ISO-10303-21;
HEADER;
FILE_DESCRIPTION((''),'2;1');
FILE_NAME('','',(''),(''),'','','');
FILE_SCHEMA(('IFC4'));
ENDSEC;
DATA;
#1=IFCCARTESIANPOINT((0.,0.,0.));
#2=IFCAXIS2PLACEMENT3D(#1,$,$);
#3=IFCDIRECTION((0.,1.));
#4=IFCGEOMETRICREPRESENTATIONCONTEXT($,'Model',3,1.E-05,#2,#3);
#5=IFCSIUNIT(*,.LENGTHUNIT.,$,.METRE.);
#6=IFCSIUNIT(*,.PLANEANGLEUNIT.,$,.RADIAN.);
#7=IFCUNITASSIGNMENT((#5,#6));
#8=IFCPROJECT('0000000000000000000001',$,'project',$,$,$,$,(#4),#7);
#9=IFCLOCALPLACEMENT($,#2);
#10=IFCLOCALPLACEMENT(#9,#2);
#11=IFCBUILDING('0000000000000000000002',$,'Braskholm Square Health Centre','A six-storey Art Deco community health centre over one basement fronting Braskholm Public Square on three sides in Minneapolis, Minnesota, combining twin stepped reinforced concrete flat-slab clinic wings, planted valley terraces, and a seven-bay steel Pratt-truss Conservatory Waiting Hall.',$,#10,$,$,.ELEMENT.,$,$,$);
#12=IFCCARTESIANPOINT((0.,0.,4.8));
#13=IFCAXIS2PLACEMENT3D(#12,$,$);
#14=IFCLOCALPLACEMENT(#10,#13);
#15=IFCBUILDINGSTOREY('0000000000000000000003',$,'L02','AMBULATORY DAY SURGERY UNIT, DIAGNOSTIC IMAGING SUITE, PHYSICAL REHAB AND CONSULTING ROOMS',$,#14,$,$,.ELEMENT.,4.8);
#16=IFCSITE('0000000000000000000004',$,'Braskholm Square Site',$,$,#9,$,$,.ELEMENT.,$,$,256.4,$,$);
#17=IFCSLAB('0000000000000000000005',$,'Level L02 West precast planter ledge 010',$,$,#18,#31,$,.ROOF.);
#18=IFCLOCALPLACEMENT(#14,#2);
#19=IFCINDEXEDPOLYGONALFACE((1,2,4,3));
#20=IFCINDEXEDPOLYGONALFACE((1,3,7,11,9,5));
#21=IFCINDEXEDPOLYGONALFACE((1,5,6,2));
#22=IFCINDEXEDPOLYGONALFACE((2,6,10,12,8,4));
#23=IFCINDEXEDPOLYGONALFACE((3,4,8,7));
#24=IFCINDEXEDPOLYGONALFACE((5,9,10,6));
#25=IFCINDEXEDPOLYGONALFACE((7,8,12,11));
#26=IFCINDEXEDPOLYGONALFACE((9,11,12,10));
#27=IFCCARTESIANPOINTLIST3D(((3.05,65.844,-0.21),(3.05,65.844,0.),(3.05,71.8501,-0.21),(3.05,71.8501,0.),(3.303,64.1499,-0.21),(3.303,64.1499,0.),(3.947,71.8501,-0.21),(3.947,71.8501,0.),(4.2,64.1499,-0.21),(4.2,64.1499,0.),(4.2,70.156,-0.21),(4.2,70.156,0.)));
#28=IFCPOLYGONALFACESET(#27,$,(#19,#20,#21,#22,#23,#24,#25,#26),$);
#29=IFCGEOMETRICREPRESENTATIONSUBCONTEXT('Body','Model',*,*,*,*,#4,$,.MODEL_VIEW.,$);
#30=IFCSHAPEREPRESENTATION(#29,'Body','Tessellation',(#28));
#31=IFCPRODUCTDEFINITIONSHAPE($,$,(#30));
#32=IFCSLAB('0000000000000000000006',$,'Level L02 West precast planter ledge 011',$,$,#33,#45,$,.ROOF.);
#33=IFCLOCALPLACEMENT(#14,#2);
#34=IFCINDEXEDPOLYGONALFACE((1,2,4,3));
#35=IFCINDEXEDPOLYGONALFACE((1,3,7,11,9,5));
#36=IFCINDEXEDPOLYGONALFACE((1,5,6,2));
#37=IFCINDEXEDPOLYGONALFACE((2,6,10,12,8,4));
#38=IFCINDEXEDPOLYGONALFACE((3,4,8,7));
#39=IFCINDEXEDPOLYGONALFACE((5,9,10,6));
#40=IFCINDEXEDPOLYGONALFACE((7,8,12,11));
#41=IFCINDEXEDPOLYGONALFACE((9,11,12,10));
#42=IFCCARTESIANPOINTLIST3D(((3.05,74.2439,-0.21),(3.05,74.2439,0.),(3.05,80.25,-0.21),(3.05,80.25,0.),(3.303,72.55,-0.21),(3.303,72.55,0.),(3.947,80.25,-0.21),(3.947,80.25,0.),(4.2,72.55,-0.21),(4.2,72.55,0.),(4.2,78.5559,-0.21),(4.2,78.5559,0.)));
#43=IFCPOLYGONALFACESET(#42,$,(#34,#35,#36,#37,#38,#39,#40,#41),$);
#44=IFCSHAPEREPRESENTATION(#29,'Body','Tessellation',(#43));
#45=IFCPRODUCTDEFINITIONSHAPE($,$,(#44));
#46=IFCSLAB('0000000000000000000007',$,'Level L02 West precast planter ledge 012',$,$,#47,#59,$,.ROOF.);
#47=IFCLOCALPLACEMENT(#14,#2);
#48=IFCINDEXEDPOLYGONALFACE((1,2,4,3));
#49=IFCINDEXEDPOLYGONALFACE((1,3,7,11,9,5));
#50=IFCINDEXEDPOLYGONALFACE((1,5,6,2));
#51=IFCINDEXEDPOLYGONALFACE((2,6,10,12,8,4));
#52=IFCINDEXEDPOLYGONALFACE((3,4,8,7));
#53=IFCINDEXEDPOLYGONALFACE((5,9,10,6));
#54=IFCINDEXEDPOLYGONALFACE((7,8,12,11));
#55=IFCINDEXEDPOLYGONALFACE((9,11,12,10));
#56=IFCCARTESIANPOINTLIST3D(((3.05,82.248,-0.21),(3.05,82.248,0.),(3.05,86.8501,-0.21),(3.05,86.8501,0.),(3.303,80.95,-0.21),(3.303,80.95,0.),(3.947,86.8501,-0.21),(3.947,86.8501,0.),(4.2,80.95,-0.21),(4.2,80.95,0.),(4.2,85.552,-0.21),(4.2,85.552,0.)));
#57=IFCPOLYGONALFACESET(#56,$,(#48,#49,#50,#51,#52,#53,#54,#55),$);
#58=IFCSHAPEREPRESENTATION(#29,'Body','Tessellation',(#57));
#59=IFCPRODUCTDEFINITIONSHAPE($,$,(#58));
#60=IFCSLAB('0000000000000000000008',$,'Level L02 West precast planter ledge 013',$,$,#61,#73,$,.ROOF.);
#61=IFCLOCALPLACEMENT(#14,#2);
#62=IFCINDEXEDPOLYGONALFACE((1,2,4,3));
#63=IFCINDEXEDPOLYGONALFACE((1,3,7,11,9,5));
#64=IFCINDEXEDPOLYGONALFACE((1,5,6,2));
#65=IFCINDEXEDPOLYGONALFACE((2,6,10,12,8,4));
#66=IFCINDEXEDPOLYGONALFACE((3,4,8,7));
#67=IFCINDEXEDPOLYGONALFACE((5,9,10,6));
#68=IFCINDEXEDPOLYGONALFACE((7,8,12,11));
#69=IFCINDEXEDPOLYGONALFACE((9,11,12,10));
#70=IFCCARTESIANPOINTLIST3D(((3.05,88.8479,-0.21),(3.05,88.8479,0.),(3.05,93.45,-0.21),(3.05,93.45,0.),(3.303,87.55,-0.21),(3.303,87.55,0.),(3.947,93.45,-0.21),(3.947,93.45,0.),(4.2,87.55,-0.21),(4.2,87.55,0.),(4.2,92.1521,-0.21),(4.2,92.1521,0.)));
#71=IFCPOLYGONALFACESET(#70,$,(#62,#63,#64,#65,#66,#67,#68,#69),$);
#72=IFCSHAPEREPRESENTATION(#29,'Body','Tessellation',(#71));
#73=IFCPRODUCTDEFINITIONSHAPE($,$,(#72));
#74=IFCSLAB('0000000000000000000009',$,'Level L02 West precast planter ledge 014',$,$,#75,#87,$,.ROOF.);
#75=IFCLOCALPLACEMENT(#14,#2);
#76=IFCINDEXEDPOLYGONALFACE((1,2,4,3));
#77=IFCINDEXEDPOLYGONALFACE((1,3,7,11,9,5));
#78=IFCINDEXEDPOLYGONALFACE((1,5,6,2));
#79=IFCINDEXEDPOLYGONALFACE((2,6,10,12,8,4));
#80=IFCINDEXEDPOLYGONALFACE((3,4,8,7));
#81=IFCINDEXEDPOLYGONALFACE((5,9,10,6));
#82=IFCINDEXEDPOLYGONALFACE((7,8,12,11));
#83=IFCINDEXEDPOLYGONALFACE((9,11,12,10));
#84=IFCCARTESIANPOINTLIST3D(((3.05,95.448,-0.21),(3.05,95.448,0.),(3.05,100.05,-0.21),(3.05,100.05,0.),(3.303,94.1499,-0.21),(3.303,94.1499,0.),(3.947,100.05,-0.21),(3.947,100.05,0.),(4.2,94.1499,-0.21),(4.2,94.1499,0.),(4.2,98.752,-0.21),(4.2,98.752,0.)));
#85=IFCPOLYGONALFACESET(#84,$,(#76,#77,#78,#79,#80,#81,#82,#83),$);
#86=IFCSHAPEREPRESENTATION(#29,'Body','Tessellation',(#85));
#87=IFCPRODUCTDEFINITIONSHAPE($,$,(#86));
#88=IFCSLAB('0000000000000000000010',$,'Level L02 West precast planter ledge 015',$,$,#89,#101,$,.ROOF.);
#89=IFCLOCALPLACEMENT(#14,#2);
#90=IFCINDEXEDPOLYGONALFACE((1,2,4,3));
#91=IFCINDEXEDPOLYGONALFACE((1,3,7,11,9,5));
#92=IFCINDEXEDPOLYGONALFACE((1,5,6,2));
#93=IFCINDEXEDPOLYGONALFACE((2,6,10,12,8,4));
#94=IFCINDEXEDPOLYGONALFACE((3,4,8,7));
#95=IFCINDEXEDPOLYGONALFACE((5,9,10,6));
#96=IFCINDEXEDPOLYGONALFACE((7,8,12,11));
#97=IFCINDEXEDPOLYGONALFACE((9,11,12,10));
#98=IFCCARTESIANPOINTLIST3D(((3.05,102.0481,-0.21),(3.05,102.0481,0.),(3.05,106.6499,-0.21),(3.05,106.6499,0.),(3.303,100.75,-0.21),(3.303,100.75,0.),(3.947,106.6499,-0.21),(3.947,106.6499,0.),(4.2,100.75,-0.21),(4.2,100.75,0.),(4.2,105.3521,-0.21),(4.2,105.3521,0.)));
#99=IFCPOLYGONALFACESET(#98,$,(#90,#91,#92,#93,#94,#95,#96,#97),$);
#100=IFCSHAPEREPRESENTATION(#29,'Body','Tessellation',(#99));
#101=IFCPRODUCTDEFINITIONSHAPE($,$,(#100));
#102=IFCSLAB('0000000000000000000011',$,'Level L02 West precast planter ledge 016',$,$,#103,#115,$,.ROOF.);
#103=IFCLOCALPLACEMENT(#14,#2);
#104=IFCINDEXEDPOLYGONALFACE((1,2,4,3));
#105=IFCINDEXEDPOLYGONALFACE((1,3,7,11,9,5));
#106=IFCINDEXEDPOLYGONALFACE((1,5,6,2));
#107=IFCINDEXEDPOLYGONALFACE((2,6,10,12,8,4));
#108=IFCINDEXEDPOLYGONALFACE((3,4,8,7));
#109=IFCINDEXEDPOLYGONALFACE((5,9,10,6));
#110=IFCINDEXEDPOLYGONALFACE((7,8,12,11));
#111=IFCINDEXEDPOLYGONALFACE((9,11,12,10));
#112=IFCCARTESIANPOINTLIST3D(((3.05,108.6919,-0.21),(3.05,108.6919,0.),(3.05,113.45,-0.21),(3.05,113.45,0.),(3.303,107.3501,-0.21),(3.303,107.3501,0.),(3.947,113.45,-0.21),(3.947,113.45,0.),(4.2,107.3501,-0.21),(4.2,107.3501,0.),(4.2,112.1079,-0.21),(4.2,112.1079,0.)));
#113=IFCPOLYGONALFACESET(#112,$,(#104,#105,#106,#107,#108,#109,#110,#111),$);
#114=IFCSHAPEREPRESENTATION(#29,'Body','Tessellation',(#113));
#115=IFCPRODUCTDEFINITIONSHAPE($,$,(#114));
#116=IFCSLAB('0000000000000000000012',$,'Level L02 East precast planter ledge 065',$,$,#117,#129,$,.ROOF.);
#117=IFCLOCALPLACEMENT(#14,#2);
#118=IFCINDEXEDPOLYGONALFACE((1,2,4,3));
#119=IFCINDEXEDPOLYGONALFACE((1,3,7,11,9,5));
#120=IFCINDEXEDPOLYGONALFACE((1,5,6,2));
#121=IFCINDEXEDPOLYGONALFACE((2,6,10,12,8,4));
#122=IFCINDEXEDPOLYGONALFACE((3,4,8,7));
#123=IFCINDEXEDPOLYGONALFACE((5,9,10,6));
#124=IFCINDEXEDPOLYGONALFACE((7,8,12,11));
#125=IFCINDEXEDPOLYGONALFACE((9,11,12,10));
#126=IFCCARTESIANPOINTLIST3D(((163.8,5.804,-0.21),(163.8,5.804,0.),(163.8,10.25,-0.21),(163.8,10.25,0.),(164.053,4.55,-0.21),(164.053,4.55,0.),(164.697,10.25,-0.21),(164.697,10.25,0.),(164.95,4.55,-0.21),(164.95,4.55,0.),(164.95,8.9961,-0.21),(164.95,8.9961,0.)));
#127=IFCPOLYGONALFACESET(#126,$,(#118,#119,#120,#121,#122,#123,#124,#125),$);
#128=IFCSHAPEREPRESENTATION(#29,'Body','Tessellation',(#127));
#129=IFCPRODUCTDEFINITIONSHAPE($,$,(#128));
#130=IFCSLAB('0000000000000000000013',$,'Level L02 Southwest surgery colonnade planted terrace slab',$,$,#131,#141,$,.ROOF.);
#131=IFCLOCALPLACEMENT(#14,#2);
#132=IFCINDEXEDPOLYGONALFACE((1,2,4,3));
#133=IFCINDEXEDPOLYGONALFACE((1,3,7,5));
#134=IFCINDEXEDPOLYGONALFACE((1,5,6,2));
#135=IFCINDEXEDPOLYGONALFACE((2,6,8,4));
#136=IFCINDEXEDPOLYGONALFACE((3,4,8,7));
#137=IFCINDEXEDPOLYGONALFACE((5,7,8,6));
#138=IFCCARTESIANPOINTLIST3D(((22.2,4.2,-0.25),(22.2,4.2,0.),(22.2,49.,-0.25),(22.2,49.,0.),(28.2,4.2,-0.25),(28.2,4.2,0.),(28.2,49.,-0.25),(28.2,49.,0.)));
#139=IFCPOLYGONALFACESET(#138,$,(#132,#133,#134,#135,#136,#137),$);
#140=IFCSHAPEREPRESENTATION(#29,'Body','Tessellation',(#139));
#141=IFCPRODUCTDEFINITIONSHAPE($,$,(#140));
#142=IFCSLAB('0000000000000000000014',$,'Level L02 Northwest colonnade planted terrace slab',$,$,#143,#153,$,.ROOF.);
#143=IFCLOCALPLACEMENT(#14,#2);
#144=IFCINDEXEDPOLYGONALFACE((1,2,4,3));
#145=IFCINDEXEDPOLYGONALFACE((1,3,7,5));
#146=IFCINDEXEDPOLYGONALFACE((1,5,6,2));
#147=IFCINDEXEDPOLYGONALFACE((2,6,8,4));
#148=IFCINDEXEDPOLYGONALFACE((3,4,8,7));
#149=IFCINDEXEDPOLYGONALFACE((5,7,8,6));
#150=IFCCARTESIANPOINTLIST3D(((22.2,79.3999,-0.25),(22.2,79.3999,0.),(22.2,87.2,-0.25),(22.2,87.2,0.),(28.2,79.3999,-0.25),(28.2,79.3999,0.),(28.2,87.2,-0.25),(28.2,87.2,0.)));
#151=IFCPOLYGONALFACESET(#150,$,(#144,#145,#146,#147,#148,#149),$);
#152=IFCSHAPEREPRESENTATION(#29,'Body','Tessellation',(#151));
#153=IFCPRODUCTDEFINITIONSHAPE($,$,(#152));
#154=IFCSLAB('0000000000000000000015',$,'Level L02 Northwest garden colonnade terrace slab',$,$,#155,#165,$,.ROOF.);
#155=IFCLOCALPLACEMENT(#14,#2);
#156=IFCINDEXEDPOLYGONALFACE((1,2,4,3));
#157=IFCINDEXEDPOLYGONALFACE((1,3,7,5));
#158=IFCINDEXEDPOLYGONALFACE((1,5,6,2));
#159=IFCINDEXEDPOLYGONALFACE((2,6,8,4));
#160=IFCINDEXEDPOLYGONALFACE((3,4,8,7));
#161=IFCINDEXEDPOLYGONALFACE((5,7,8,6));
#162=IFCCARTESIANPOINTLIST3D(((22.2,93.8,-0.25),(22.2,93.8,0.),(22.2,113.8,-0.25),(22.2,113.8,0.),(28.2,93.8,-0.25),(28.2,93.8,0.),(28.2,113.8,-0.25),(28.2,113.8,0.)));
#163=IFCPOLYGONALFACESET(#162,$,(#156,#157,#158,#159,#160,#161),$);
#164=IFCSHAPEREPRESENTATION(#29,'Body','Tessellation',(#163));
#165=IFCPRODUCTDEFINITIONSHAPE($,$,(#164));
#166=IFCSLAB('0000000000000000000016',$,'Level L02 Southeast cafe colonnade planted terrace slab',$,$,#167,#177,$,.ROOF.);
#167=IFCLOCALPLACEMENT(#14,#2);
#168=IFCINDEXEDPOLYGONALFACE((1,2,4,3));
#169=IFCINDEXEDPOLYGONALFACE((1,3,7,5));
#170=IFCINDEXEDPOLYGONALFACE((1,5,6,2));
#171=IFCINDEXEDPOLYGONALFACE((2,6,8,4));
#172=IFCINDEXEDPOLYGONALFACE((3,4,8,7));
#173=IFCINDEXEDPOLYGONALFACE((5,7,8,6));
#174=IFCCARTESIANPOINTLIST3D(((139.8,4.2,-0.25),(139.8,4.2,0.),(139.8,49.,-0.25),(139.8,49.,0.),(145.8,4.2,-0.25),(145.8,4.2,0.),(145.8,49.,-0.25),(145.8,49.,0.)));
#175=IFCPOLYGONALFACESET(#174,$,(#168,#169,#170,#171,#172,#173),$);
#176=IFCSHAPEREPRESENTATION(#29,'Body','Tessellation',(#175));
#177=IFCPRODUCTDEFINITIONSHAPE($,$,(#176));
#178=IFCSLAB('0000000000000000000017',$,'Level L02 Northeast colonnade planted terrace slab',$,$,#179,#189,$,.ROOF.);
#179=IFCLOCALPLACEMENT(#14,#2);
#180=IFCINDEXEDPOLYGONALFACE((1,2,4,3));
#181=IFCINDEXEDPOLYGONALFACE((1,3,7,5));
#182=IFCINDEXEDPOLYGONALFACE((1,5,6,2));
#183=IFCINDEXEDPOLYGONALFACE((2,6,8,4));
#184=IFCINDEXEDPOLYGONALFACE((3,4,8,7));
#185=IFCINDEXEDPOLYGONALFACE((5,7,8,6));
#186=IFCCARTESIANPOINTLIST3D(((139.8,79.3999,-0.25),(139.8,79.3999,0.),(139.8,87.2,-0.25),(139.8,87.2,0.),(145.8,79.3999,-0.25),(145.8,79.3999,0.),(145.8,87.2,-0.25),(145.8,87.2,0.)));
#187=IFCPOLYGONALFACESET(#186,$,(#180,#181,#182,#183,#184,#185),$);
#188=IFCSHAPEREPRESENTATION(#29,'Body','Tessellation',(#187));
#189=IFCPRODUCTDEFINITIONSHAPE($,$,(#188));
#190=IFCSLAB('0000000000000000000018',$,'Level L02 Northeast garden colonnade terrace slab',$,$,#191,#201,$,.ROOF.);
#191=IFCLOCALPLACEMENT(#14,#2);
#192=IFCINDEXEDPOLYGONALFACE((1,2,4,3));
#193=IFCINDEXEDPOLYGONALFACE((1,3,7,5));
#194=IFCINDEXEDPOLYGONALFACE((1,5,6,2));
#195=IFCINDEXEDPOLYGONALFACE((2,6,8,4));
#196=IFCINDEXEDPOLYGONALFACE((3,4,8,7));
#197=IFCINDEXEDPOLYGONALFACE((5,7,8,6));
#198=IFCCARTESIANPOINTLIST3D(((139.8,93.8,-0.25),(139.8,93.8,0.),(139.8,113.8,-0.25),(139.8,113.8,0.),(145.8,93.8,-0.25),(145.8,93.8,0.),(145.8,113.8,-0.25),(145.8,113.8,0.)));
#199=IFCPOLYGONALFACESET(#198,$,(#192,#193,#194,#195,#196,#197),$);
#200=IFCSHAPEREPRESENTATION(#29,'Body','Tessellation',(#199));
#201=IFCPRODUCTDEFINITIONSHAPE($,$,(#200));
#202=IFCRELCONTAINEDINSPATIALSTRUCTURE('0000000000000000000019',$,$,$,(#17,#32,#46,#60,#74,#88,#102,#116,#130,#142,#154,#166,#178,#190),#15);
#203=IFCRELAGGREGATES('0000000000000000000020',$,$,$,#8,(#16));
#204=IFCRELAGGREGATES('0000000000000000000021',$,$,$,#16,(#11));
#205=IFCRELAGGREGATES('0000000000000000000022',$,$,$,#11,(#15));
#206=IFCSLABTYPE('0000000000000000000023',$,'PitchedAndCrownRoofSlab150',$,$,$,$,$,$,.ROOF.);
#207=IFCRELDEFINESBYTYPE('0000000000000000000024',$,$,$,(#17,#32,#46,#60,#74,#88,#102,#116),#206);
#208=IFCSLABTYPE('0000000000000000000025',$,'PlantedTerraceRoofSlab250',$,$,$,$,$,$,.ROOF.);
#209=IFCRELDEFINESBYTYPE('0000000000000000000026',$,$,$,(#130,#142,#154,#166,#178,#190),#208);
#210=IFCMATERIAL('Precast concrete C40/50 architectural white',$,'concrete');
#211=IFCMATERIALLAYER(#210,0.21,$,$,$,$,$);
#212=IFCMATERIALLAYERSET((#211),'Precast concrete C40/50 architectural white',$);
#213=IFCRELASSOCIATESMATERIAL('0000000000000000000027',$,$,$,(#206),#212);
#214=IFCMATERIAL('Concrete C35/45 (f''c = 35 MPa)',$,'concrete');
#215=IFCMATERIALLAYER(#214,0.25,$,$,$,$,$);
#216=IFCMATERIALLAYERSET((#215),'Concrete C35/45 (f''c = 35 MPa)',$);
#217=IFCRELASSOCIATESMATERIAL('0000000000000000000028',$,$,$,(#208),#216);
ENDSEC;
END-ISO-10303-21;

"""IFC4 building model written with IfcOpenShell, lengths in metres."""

from ifc_helpers import new_model, si_unit, direction, frame, origin, place, context, subcontext, project, spatial, polyline, outline, extrude, material, layer, layer_set, type_object, element, save


model = new_model("IFC4")

# Units and contexts
model_context = context("Model", 3, precision=1e-05, world=origin(), true_north=direction((0.0, 1.0)))
body_context = subcontext(model_context, "Body", "Model", "MODEL_VIEW")
ifc_project = project(units=[si_unit("LENGTHUNIT", "METRE"), si_unit("PLANEANGLEUNIT", "RADIAN")], contexts=[model_context])

# Site, building, storey
site_placement = place(None, origin())
site = spatial("IfcSite", under=ifc_project, at=site_placement, Name="Braskholm Square Site", CompositionType="ELEMENT", RefElevation=256.4)
building_placement = place(site_placement, origin())
building = spatial("IfcBuilding", under=site, at=building_placement, Name="Braskholm Square Health Centre", Description="A six-storey Art Deco community health centre over one basement fronting Braskholm Public Square on three sides in Minneapolis, Minnesota, combining twin stepped reinforced concrete flat-slab clinic wings, planted valley terraces, and a seven-bay steel Pratt-truss Conservatory Waiting Hall.", CompositionType="ELEMENT")
storey_placement = place(building_placement, frame((0.0, 0.0, 4.8)))
storey = spatial("IfcBuildingStorey", under=building, at=storey_placement, Name="L02", Description="AMBULATORY DAY SURGERY UNIT, DIAGNOSTIC IMAGING SUITE, PHYSICAL REHAB AND CONSULTING ROOMS", CompositionType="ELEMENT", Elevation=4.8)

# Slabs
ifc_material_1 = material(Name="Concrete C35/45 (f'c = 35 MPa)", Category="concrete")
ifc_material_2 = material(Name="Precast concrete C40/50 architectural white", Category="concrete")
ifc_layer_1 = layer(ifc_material_2, 0.21)
ifc_layer_set_1 = layer_set([ifc_layer_1], Name="Precast concrete C40/50 architectural white")
slab_type_1 = type_object("IfcSlabType", Name="PitchedAndCrownRoofSlab150", PredefinedType="ROOF", material=ifc_layer_set_1)
slab_1_placement = place(storey_placement, frame((0.0, 0.0, -0.21)))
element("IfcSlab", 1, at=slab_1_placement, inside=storey, type_object=slab_type_1, Name="Level L02 West precast planter ledge 010", PredefinedType="ROOF", context=body_context, shape_type="SweptSolid", body=[
    extrude(outline(polyline([(3.303, 64.1499), (4.2, 64.1499), (4.2, 70.156), (3.947, 71.8501), (3.05, 71.8501), (3.05, 65.844), (3.303, 64.1499)])), origin(), (0.0, 0.0, 1.0), 0.21),
])
slab_2_placement = place(storey_placement, frame((0.0, 0.0, -0.21)))
element("IfcSlab", 2, at=slab_2_placement, inside=storey, type_object=slab_type_1, Name="Level L02 West precast planter ledge 011", PredefinedType="ROOF", context=body_context, shape_type="SweptSolid", body=[
    extrude(outline(polyline([(3.303, 72.55), (4.2, 72.55), (4.2, 78.5559), (3.947, 80.25), (3.05, 80.25), (3.05, 74.2439), (3.303, 72.55)])), origin(), (0.0, 0.0, 1.0), 0.21),
])
slab_3_placement = place(storey_placement, frame((0.0, 0.0, -0.21)))
element("IfcSlab", 3, at=slab_3_placement, inside=storey, type_object=slab_type_1, Name="Level L02 West precast planter ledge 012", PredefinedType="ROOF", context=body_context, shape_type="SweptSolid", body=[
    extrude(outline(polyline([(3.303, 80.95), (4.2, 80.95), (4.2, 85.552), (3.947, 86.8501), (3.05, 86.8501), (3.05, 82.248), (3.303, 80.95)])), origin(), (0.0, 0.0, 1.0), 0.21),
])
slab_4_placement = place(storey_placement, frame((0.0, 0.0, -0.21)))
element("IfcSlab", 4, at=slab_4_placement, inside=storey, type_object=slab_type_1, Name="Level L02 West precast planter ledge 013", PredefinedType="ROOF", context=body_context, shape_type="SweptSolid", body=[
    extrude(outline(polyline([(3.303, 87.55), (4.2, 87.55), (4.2, 92.1521), (3.947, 93.45), (3.05, 93.45), (3.05, 88.8479), (3.303, 87.55)])), origin(), (0.0, 0.0, 1.0), 0.21),
])
slab_5_placement = place(storey_placement, frame((0.0, 0.0, -0.21)))
element("IfcSlab", 5, at=slab_5_placement, inside=storey, type_object=slab_type_1, Name="Level L02 West precast planter ledge 014", PredefinedType="ROOF", context=body_context, shape_type="SweptSolid", body=[
    extrude(outline(polyline([(3.303, 94.1499), (4.2, 94.1499), (4.2, 98.752), (3.947, 100.05), (3.05, 100.05), (3.05, 95.448), (3.303, 94.1499)])), origin(), (0.0, 0.0, 1.0), 0.21),
])
slab_6_placement = place(storey_placement, frame((0.0, 0.0, -0.21)))
element("IfcSlab", 6, at=slab_6_placement, inside=storey, type_object=slab_type_1, Name="Level L02 West precast planter ledge 015", PredefinedType="ROOF", context=body_context, shape_type="SweptSolid", body=[
    extrude(outline(polyline([(3.303, 100.75), (4.2, 100.75), (4.2, 105.3521), (3.947, 106.6499), (3.05, 106.6499), (3.05, 102.0481), (3.303, 100.75)])), origin(), (0.0, 0.0, 1.0), 0.21),
])
slab_7_placement = place(storey_placement, frame((0.0, 0.0, -0.21)))
element("IfcSlab", 7, at=slab_7_placement, inside=storey, type_object=slab_type_1, Name="Level L02 West precast planter ledge 016", PredefinedType="ROOF", context=body_context, shape_type="SweptSolid", body=[
    extrude(outline(polyline([(3.303, 107.3501), (4.2, 107.3501), (4.2, 112.1079), (3.947, 113.45), (3.05, 113.45), (3.05, 108.6919), (3.303, 107.3501)])), origin(), (0.0, 0.0, 1.0), 0.21),
])
slab_8_placement = place(storey_placement, frame((0.0, 0.0, -0.21)))
element("IfcSlab", 8, at=slab_8_placement, inside=storey, type_object=slab_type_1, Name="Level L02 East precast planter ledge 065", PredefinedType="ROOF", context=body_context, shape_type="SweptSolid", body=[
    extrude(outline(polyline([(164.053, 4.55), (164.95, 4.55), (164.95, 8.9961), (164.697, 10.25), (163.8, 10.25), (163.8, 5.804), (164.053, 4.55)])), origin(), (0.0, 0.0, 1.0), 0.21),
])
ifc_layer_2 = layer(ifc_material_1, 0.25)
ifc_layer_set_2 = layer_set([ifc_layer_2], Name="Concrete C35/45 (f'c = 35 MPa)")
slab_type_2 = type_object("IfcSlabType", Name="PlantedTerraceRoofSlab250", PredefinedType="ROOF", material=ifc_layer_set_2)
slab_9_placement = place(storey_placement, frame((0.0, 0.0, -0.25)))
element("IfcSlab", 9, at=slab_9_placement, inside=storey, type_object=slab_type_2, Name="Level L02 Southwest surgery colonnade planted terrace slab", PredefinedType="ROOF", context=body_context, shape_type="SweptSolid", body=[
    extrude(outline(polyline([(22.2, 4.2), (28.2, 4.2), (28.2, 49.0), (22.2, 49.0), (22.2, 4.2)])), origin(), (0.0, 0.0, 1.0), 0.25),
])
slab_10_placement = place(storey_placement, frame((0.0, 0.0, -0.25)))
element("IfcSlab", 10, at=slab_10_placement, inside=storey, type_object=slab_type_2, Name="Level L02 Northwest colonnade planted terrace slab", PredefinedType="ROOF", context=body_context, shape_type="SweptSolid", body=[
    extrude(outline(polyline([(22.2, 79.3999), (28.2, 79.3999), (28.2, 87.2), (22.2, 87.2), (22.2, 79.3999)])), origin(), (0.0, 0.0, 1.0), 0.25),
])
slab_11_placement = place(storey_placement, frame((0.0, 0.0, -0.25)))
element("IfcSlab", 11, at=slab_11_placement, inside=storey, type_object=slab_type_2, Name="Level L02 Northwest garden colonnade terrace slab", PredefinedType="ROOF", context=body_context, shape_type="SweptSolid", body=[
    extrude(outline(polyline([(22.2, 93.8), (28.2, 93.8), (28.2, 113.8), (22.2, 113.8), (22.2, 93.8)])), origin(), (0.0, 0.0, 1.0), 0.25),
])
slab_12_placement = place(storey_placement, frame((0.0, 0.0, -0.25)))
element("IfcSlab", 12, at=slab_12_placement, inside=storey, type_object=slab_type_2, Name="Level L02 Southeast cafe colonnade planted terrace slab", PredefinedType="ROOF", context=body_context, shape_type="SweptSolid", body=[
    extrude(outline(polyline([(139.8, 4.2), (145.8, 4.2), (145.8, 49.0), (139.8, 49.0), (139.8, 4.2)])), origin(), (0.0, 0.0, 1.0), 0.25),
])
slab_13_placement = place(storey_placement, frame((0.0, 0.0, -0.25)))
element("IfcSlab", 13, at=slab_13_placement, inside=storey, type_object=slab_type_2, Name="Level L02 Northeast colonnade planted terrace slab", PredefinedType="ROOF", context=body_context, shape_type="SweptSolid", body=[
    extrude(outline(polyline([(139.8, 79.3999), (145.8, 79.3999), (145.8, 87.2), (139.8, 87.2), (139.8, 79.3999)])), origin(), (0.0, 0.0, 1.0), 0.25),
])
slab_14_placement = place(storey_placement, frame((0.0, 0.0, -0.25)))
element("IfcSlab", 14, at=slab_14_placement, inside=storey, type_object=slab_type_2, Name="Level L02 Northeast garden colonnade terrace slab", PredefinedType="ROOF", context=body_context, shape_type="SweptSolid", body=[
    extrude(outline(polyline([(139.8, 93.8), (145.8, 93.8), (145.8, 113.8), (139.8, 113.8), (139.8, 93.8)])), origin(), (0.0, 0.0, 1.0), 0.25),
])

save(model, "model.ifc")
